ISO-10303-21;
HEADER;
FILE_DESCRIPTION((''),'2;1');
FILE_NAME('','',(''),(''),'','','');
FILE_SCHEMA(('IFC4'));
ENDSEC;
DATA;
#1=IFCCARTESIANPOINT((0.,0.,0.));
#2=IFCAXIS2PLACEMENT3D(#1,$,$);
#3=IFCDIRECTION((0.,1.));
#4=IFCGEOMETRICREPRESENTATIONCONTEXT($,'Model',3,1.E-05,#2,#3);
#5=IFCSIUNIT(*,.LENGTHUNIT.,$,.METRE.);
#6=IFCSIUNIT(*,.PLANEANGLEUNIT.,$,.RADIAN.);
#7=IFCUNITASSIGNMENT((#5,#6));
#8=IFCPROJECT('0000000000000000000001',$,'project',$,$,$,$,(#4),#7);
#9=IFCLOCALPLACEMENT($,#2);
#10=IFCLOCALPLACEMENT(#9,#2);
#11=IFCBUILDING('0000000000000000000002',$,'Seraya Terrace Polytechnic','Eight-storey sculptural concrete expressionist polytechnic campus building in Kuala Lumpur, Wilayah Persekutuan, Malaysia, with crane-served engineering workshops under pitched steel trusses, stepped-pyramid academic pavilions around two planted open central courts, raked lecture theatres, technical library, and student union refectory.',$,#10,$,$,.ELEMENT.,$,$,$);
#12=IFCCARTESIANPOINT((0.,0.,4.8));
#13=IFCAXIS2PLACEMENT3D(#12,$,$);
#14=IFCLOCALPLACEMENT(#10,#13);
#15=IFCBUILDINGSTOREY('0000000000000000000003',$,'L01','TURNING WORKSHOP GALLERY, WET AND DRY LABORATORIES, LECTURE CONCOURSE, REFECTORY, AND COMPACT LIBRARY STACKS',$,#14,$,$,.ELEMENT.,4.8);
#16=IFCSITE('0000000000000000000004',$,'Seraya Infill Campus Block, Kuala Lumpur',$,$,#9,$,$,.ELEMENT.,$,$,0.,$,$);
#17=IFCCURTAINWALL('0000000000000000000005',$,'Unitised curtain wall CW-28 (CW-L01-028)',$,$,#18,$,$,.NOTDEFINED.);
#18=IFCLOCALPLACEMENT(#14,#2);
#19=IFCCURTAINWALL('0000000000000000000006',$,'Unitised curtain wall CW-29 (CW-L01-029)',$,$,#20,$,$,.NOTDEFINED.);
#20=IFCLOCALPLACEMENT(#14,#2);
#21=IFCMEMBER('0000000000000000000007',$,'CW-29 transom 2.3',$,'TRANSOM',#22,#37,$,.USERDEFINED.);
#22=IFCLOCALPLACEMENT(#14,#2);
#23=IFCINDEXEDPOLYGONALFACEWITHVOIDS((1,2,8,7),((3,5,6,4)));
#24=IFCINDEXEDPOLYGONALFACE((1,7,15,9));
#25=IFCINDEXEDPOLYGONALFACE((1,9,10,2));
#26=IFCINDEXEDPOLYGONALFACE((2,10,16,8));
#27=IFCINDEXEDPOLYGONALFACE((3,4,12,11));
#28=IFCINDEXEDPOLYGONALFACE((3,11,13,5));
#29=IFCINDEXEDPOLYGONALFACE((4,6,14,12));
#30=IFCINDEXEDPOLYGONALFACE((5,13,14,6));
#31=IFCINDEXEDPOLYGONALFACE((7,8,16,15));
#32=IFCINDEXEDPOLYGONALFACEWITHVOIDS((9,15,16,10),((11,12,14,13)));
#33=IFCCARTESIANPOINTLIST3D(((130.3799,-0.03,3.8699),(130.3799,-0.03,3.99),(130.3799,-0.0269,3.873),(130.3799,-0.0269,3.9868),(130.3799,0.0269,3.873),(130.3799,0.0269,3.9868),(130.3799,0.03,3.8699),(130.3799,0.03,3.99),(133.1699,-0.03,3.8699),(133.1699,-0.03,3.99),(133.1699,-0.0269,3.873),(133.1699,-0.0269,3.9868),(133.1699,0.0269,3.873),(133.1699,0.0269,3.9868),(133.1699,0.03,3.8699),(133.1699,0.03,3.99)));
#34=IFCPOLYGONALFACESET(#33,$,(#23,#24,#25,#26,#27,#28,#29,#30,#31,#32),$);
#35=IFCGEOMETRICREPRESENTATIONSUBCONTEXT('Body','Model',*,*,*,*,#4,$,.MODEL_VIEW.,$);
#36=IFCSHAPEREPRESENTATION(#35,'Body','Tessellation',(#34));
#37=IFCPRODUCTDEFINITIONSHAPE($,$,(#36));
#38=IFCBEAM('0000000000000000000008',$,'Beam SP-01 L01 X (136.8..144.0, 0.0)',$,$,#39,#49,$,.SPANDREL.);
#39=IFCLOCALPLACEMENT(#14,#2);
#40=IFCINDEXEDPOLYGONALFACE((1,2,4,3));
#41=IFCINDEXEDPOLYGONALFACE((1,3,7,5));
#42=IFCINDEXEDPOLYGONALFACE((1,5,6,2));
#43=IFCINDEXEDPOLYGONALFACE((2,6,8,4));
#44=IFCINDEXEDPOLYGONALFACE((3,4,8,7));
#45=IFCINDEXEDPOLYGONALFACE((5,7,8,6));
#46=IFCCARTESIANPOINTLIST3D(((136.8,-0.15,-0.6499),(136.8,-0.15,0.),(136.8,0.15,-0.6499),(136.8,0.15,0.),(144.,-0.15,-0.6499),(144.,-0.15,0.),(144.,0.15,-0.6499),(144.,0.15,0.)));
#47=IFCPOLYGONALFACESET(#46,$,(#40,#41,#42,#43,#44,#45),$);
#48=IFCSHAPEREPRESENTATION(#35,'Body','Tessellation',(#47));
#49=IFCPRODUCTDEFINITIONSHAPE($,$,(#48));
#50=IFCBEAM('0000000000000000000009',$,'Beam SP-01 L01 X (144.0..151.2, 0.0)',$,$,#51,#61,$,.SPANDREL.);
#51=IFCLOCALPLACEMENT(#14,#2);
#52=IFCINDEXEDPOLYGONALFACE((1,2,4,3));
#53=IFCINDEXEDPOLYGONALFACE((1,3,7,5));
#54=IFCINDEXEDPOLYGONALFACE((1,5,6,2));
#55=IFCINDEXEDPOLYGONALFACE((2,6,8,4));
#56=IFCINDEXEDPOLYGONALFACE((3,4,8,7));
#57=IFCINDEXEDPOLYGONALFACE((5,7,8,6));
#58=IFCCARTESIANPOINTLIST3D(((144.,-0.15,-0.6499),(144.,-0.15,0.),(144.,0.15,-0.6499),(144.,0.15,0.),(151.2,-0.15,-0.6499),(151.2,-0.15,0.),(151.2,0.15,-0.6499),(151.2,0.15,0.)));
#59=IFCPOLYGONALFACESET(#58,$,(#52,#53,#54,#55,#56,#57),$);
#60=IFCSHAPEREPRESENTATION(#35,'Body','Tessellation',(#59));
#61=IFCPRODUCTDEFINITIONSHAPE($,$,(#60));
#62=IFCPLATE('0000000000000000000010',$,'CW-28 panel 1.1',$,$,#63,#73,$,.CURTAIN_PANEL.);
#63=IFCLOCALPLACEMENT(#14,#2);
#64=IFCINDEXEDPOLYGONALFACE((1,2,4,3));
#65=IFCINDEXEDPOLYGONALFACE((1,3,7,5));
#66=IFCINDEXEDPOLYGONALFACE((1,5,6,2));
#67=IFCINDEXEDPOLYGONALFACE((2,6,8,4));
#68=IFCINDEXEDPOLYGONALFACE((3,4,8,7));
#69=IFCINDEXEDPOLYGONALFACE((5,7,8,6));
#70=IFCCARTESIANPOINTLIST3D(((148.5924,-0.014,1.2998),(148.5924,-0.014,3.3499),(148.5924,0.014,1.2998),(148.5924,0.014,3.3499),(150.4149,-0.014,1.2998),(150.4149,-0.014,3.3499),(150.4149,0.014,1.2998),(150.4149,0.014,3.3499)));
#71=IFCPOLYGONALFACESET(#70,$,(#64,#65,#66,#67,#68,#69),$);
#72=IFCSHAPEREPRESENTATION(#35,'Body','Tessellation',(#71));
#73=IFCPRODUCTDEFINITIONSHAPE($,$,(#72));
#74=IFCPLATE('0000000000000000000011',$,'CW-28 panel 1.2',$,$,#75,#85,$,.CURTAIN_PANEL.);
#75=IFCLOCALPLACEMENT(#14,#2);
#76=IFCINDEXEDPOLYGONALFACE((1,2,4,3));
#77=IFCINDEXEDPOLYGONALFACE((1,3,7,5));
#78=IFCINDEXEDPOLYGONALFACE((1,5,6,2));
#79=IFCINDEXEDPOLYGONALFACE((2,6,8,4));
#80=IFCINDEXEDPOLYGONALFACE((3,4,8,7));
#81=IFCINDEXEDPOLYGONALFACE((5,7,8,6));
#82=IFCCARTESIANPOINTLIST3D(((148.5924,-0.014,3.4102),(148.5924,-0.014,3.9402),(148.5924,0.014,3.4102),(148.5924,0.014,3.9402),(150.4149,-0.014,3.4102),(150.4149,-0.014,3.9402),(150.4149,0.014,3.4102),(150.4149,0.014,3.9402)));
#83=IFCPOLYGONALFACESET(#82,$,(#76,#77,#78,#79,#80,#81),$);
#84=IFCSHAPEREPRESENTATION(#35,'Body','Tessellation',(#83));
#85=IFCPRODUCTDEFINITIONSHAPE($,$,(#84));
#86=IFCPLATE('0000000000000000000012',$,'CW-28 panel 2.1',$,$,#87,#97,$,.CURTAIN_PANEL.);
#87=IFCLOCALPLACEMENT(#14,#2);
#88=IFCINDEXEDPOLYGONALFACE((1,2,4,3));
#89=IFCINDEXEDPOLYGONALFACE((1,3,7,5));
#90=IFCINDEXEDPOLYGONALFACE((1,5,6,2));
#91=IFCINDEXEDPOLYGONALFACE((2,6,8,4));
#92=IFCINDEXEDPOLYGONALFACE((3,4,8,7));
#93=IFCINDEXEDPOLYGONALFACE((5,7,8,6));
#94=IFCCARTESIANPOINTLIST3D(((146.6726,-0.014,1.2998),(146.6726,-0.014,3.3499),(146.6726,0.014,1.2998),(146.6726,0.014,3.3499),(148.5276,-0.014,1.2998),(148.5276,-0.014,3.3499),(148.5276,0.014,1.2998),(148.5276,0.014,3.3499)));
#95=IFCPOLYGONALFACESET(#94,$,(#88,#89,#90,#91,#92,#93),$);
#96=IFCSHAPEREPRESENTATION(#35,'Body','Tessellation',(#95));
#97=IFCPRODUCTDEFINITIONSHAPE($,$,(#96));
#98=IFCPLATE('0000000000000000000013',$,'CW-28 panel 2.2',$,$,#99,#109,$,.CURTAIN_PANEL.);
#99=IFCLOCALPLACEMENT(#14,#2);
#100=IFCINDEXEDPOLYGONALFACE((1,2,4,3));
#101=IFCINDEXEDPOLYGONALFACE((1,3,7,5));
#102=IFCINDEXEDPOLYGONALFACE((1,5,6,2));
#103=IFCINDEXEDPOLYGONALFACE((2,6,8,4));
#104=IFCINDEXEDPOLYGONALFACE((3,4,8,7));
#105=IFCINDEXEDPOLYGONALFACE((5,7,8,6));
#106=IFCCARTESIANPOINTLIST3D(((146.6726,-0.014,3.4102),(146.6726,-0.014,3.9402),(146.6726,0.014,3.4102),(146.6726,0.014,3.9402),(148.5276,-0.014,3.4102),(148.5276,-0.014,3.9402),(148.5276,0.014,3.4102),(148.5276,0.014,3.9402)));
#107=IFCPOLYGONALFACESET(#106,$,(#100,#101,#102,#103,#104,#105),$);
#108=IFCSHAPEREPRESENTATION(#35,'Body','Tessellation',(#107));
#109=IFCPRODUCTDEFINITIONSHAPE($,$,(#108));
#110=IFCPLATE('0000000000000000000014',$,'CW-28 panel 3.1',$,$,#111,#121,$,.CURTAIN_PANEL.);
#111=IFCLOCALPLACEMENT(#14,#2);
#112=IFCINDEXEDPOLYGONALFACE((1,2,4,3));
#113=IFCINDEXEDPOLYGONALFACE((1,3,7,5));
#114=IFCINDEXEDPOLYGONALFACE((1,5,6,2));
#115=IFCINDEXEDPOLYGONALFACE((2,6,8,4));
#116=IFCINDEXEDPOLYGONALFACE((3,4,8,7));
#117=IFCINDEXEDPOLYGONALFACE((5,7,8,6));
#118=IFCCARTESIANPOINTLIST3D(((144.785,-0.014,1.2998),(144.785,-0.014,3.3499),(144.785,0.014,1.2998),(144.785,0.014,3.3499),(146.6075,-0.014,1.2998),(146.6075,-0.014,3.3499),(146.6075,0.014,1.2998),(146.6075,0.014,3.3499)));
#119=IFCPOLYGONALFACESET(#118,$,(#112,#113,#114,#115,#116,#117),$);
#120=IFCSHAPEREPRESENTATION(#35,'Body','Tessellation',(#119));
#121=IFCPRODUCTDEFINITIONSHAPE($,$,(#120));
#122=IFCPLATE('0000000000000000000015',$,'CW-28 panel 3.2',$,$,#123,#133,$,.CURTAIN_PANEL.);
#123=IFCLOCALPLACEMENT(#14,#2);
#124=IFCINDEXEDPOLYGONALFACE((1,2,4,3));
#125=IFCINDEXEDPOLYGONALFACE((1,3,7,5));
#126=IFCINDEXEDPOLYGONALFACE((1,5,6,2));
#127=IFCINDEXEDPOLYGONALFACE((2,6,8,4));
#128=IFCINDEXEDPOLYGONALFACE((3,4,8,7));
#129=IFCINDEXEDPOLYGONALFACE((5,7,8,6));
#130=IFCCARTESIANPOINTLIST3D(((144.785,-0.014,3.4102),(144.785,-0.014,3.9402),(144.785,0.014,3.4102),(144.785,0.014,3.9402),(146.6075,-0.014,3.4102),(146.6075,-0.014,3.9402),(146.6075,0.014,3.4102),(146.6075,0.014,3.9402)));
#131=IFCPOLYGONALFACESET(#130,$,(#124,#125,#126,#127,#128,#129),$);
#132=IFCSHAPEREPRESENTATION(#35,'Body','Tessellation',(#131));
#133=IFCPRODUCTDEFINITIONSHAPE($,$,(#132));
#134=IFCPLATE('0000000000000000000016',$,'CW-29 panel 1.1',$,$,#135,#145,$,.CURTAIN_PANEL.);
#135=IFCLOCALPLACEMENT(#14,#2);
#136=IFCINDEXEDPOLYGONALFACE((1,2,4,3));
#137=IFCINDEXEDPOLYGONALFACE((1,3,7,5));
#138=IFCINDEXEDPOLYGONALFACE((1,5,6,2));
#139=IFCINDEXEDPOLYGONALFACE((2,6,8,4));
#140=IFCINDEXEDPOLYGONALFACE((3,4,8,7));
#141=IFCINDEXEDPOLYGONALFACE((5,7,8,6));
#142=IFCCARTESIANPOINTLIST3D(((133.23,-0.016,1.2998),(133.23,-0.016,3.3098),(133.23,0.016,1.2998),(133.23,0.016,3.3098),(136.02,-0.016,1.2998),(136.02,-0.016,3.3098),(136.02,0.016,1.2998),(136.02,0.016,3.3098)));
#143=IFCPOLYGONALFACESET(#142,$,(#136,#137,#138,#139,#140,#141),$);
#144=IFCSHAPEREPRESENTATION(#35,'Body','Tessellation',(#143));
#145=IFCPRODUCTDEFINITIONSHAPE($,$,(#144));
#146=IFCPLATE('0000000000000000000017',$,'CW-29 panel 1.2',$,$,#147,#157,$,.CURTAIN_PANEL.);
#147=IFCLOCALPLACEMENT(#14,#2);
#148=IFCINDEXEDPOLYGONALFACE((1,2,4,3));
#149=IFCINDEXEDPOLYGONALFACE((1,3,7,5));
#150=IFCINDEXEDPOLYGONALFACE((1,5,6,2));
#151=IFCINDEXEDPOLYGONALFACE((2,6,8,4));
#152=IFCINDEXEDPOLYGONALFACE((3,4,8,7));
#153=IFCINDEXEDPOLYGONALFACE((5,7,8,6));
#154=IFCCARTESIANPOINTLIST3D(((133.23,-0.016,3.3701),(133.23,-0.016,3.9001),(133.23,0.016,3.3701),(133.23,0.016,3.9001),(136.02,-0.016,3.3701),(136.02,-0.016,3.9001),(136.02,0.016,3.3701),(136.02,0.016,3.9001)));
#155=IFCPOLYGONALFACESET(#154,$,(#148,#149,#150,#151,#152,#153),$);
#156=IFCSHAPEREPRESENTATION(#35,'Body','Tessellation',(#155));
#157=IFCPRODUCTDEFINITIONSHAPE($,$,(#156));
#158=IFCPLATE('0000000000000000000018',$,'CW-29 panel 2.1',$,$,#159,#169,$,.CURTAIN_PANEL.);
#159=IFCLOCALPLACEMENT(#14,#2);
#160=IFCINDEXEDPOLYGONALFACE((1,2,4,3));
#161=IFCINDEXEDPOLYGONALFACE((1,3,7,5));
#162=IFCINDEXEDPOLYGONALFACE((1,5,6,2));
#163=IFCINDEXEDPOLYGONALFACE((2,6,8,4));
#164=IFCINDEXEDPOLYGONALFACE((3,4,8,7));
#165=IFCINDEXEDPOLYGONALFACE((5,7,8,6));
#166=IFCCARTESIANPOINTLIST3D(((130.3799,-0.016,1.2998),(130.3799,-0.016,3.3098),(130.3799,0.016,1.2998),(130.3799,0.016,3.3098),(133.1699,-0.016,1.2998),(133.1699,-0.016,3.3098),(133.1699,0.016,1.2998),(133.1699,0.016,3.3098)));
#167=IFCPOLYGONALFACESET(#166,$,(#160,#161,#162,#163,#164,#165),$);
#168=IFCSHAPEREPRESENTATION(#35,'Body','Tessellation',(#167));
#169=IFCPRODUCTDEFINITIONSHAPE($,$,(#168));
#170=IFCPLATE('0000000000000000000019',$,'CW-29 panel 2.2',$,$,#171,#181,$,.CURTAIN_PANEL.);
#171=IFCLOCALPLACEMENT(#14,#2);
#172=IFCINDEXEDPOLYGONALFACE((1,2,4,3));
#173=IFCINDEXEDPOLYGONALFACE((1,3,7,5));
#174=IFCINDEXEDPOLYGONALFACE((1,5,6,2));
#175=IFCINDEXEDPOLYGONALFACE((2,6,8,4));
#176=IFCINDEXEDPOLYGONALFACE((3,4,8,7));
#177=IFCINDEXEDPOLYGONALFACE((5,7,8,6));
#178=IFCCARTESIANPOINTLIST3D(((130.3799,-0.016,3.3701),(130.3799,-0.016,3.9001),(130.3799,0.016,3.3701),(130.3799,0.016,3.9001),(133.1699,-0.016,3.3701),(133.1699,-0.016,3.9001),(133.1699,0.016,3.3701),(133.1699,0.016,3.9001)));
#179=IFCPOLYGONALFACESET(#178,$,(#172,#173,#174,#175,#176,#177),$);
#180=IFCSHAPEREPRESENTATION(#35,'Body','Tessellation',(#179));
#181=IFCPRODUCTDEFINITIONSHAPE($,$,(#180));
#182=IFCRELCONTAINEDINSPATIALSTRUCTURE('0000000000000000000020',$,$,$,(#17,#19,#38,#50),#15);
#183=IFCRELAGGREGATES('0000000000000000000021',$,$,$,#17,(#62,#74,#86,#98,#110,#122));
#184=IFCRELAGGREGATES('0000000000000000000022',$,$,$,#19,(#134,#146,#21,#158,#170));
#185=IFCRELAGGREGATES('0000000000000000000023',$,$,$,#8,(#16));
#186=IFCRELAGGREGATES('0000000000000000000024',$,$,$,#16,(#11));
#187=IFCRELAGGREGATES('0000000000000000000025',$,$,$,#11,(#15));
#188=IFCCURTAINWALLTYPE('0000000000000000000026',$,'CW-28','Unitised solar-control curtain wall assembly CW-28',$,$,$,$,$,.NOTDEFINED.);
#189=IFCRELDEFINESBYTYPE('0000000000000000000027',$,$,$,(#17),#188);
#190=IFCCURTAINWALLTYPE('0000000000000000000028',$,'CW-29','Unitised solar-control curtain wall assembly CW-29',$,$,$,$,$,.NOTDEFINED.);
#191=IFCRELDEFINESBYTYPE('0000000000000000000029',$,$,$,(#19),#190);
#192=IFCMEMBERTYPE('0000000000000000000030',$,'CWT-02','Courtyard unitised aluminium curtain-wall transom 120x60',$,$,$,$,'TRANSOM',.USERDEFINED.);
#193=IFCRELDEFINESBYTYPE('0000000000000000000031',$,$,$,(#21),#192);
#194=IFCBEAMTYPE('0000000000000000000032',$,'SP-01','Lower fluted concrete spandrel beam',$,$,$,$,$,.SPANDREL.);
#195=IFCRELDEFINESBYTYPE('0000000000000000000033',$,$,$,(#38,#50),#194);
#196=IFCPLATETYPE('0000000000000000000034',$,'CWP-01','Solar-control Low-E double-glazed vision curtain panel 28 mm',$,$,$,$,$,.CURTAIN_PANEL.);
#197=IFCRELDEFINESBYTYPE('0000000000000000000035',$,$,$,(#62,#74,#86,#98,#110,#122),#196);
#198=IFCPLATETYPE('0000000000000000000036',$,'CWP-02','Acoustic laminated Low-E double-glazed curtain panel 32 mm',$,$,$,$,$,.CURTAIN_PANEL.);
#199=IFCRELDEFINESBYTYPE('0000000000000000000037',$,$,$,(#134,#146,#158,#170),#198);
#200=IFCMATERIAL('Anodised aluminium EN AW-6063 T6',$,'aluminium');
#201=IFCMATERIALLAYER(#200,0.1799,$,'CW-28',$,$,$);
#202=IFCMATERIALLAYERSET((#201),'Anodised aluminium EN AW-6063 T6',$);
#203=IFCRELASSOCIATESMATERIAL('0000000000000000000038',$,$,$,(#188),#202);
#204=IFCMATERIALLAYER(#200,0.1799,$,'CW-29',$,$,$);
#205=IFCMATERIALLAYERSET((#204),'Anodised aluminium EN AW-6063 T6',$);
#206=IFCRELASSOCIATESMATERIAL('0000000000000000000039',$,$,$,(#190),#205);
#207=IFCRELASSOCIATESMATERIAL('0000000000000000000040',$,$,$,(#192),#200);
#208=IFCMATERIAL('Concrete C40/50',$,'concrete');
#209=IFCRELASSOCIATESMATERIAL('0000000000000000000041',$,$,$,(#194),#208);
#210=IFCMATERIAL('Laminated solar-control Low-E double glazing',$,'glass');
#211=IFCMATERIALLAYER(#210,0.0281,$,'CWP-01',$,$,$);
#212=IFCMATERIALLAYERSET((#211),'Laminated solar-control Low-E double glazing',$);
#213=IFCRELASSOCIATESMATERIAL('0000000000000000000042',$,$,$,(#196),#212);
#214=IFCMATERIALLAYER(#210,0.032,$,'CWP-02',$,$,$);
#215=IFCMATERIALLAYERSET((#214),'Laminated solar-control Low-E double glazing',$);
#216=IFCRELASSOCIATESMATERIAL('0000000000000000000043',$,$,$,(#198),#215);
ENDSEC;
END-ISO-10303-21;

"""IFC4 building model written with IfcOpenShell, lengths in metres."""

from ifc_helpers import new_model, si_unit, direction, frame, origin, origin_2d, place, context, subcontext, project, spatial, rectangle, hollow_rectangle, extrude, material, layer, layer_set, material_profile, profile_set, type_object, element, aggregate, save


model = new_model("IFC4")

# Units and contexts
model_context = context("Model", 3, precision=1e-05, world=origin(), true_north=direction((0.0, 1.0)))
body_context = subcontext(model_context, "Body", "Model", "MODEL_VIEW")
ifc_project = project(units=[si_unit("LENGTHUNIT", "METRE"), si_unit("PLANEANGLEUNIT", "RADIAN")], contexts=[model_context])

# Site, building, storey
site_placement = place(None, origin())
site = spatial("IfcSite", under=ifc_project, at=site_placement, Name="Seraya Infill Campus Block, Kuala Lumpur", CompositionType="ELEMENT", RefElevation=0.0)
building_placement = place(site_placement, origin())
building = spatial("IfcBuilding", under=site, at=building_placement, Name="Seraya Terrace Polytechnic", Description="Eight-storey sculptural concrete expressionist polytechnic campus building in Kuala Lumpur, Wilayah Persekutuan, Malaysia, with crane-served engineering workshops under pitched steel trusses, stepped-pyramid academic pavilions around two planted open central courts, raked lecture theatres, technical library, and student union refectory.", CompositionType="ELEMENT")
storey_placement = place(building_placement, frame((0.0, 0.0, 4.8)))
storey = spatial("IfcBuildingStorey", under=building, at=storey_placement, Name="L01", Description="TURNING WORKSHOP GALLERY, WET AND DRY LABORATORIES, LECTURE CONCOURSE, REFECTORY, AND COMPACT LIBRARY STACKS", CompositionType="ELEMENT", Elevation=4.8)

# Shared definitions
ifc_material_1 = material(Name="Concrete C40/50", Category="concrete")

# Curtain walls
ifc_material_2 = material(Name="Anodised aluminium EN AW-6063 T6", Category="aluminium")
ifc_layer_1 = layer(ifc_material_2, 0.1799, Name="CW-28")
ifc_layer_set_1 = layer_set([ifc_layer_1], Name="Anodised aluminium EN AW-6063 T6")
curtain_wall_type_1 = type_object("IfcCurtainWallType", Name="CW-28", Description="Unitised solar-control curtain wall assembly CW-28", PredefinedType="NOTDEFINED", material=ifc_layer_set_1)
curtain_wall_1_placement = place(storey_placement, origin())
curtain_wall_1 = element("IfcCurtainWall", 1, at=curtain_wall_1_placement, inside=storey, type_object=curtain_wall_type_1, Name="Unitised curtain wall CW-28 (CW-L01-028)", PredefinedType="NOTDEFINED")
ifc_layer_2 = layer(ifc_material_2, 0.1799, Name="CW-29")
ifc_layer_set_2 = layer_set([ifc_layer_2], Name="Anodised aluminium EN AW-6063 T6")
curtain_wall_type_2 = type_object("IfcCurtainWallType", Name="CW-29", Description="Unitised solar-control curtain wall assembly CW-29", PredefinedType="NOTDEFINED", material=ifc_layer_set_2)
curtain_wall_2_placement = place(storey_placement, origin())
curtain_wall_2 = element("IfcCurtainWall", 2, at=curtain_wall_2_placement, inside=storey, type_object=curtain_wall_type_2, Name="Unitised curtain wall CW-29 (CW-L01-029)", PredefinedType="NOTDEFINED")

# Member
ifc_material_profile_1 = material_profile(ifc_material_2, hollow_rectangle(XDim=0.0601, YDim=0.1201, WallThickness=0.0032, at=origin_2d()), Name="RHS 120x60x3.2")
ifc_profile_set_1 = profile_set([ifc_material_profile_1], Name="Anodised aluminium EN AW-6063 T6")
member_type_1 = type_object("IfcMemberType", Name="CWT-02", Description="Courtyard unitised aluminium curtain-wall transom 120x60", ElementType="TRANSOM", PredefinedType="USERDEFINED", material=ifc_profile_set_1)
member_1_placement = place(storey_placement, frame((133.1699, 0.0, 3.9299), z_axis=(-1.0, 0.0, 0.0), x_axis=(0.0, -1.0, 0.0)))
member_1 = element("IfcMember", 3, at=member_1_placement, type_object=member_type_1, Name="CW-29 transom 2.3", ObjectType="TRANSOM", PredefinedType="USERDEFINED", context=body_context, shape_type="SweptSolid", body=[
    extrude(hollow_rectangle(XDim=0.0601, YDim=0.1201, WallThickness=0.0032, at=origin_2d()), origin(), (0.0, 0.0, 1.0), 2.79),
])

# Beams
ifc_material_profile_2 = material_profile(ifc_material_1, rectangle(XDim=0.3, YDim=0.6499, at=origin_2d()), Name="RC 300x650")
ifc_profile_set_2 = profile_set([ifc_material_profile_2], Name="Concrete C40/50")
beam_type_1 = type_object("IfcBeamType", Name="SP-01", Description="Lower fluted concrete spandrel beam", PredefinedType="SPANDREL", material=ifc_profile_set_2)
for number, where, z_axis, x_axis, name in (
    (4, (136.8, 0.0, -0.325), (1.0, 0.0, 0.0), (0.0, 1.0, 0.0), "Beam SP-01 L01 X (136.8..144.0, 0.0)"),
    (5, (144.0, 0.0, -0.325), (1.0, 0.0, 0.0), (0.0, 1.0, 0.0), "Beam SP-01 L01 X (144.0..151.2, 0.0)"),
):
    element("IfcBeam", number, at=place(storey_placement, frame(where, z_axis=z_axis, x_axis=x_axis)), inside=storey, type_object=beam_type_1, Name=name, PredefinedType="SPANDREL", context=body_context, shape_type="SweptSolid", body=[
        extrude(rectangle(XDim=0.3, YDim=0.6499, at=origin_2d()), origin(), (0.0, 0.0, 1.0), 7.2),
    ])

# Plates
ifc_material_3 = material(Name="Laminated solar-control Low-E double glazing", Category="glass")
ifc_layer_3 = layer(ifc_material_3, 0.0281, Name="CWP-01")
ifc_layer_set_3 = layer_set([ifc_layer_3], Name="Laminated solar-control Low-E double glazing")
plate_type_1 = type_object("IfcPlateType", Name="CWP-01", Description="Solar-control Low-E double-glazed vision curtain panel 28 mm", PredefinedType="CURTAIN_PANEL", material=ifc_layer_set_3)
plate_1_placement = place(storey_placement, frame((149.5037, 0.0, 1.2998), z_axis=(0.0, 0.0, 1.0), x_axis=(-1.0, 0.0, 0.0)))
plate_1 = element("IfcPlate", 6, at=plate_1_placement, type_object=plate_type_1, Name="CW-28 panel 1.1", PredefinedType="CURTAIN_PANEL", context=body_context, shape_type="SweptSolid", body=[
    extrude(rectangle(XDim=1.8225, YDim=0.0281, at=origin_2d()), origin(), (0.0, 0.0, 1.0), 2.05),
])
plate_2_placement = place(storey_placement, frame((149.5037, 0.0, 3.4102), z_axis=(0.0, 0.0, 1.0), x_axis=(-1.0, 0.0, 0.0)))
plate_2 = element("IfcPlate", 7, at=plate_2_placement, type_object=plate_type_1, Name="CW-28 panel 1.2", PredefinedType="CURTAIN_PANEL", context=body_context, shape_type="SweptSolid", body=[
    extrude(rectangle(XDim=1.8225, YDim=0.0281, at=origin_2d()), origin(), (0.0, 0.0, 1.0), 0.53),
])
plate_3_placement = place(storey_placement, frame((147.6001, 0.0, 1.2998), z_axis=(0.0, 0.0, 1.0), x_axis=(-1.0, 0.0, 0.0)))
plate_3 = element("IfcPlate", 8, at=plate_3_placement, type_object=plate_type_1, Name="CW-28 panel 2.1", PredefinedType="CURTAIN_PANEL", context=body_context, shape_type="SweptSolid", body=[
    extrude(rectangle(XDim=1.855, YDim=0.0281, at=origin_2d()), origin(), (0.0, 0.0, 1.0), 2.05),
])
plate_4_placement = place(storey_placement, frame((147.6001, 0.0, 3.4102), z_axis=(0.0, 0.0, 1.0), x_axis=(-1.0, 0.0, 0.0)))
plate_4 = element("IfcPlate", 9, at=plate_4_placement, type_object=plate_type_1, Name="CW-28 panel 2.2", PredefinedType="CURTAIN_PANEL", context=body_context, shape_type="SweptSolid", body=[
    extrude(rectangle(XDim=1.855, YDim=0.0281, at=origin_2d()), origin(), (0.0, 0.0, 1.0), 0.53),
])
plate_5_placement = place(storey_placement, frame((145.6963, 0.0, 1.2998), z_axis=(0.0, 0.0, 1.0), x_axis=(-1.0, 0.0, 0.0)))
plate_5 = element("IfcPlate", 10, at=plate_5_placement, type_object=plate_type_1, Name="CW-28 panel 3.1", PredefinedType="CURTAIN_PANEL", context=body_context, shape_type="SweptSolid", body=[
    extrude(rectangle(XDim=1.8225, YDim=0.0281, at=origin_2d()), origin(), (0.0, 0.0, 1.0), 2.05),
])
plate_6_placement = place(storey_placement, frame((145.6963, 0.0, 3.4102), z_axis=(0.0, 0.0, 1.0), x_axis=(-1.0, 0.0, 0.0)))
plate_6 = element("IfcPlate", 11, at=plate_6_placement, type_object=plate_type_1, Name="CW-28 panel 3.2", PredefinedType="CURTAIN_PANEL", context=body_context, shape_type="SweptSolid", body=[
    extrude(rectangle(XDim=1.8225, YDim=0.0281, at=origin_2d()), origin(), (0.0, 0.0, 1.0), 0.53),
])
aggregate(curtain_wall_1, [plate_1, plate_2, plate_3, plate_4, plate_5, plate_6])
ifc_layer_4 = layer(ifc_material_3, 0.032, Name="CWP-02")
ifc_layer_set_4 = layer_set([ifc_layer_4], Name="Laminated solar-control Low-E double glazing")
plate_type_2 = type_object("IfcPlateType", Name="CWP-02", Description="Acoustic laminated Low-E double-glazed curtain panel 32 mm", PredefinedType="CURTAIN_PANEL", material=ifc_layer_set_4)
plate_7_placement = place(storey_placement, frame((134.625, 0.0, 1.2998), z_axis=(0.0, 0.0, 1.0), x_axis=(-1.0, 0.0, 0.0)))
plate_7 = element("IfcPlate", 12, at=plate_7_placement, type_object=plate_type_2, Name="CW-29 panel 1.1", PredefinedType="CURTAIN_PANEL", context=body_context, shape_type="SweptSolid", body=[
    extrude(rectangle(XDim=2.79, YDim=0.032, at=origin_2d()), origin(), (0.0, 0.0, 1.0), 2.01),
])
plate_8_placement = place(storey_placement, frame((134.625, 0.0, 3.3701), z_axis=(0.0, 0.0, 1.0), x_axis=(-1.0, 0.0, 0.0)))
plate_8 = element("IfcPlate", 13, at=plate_8_placement, type_object=plate_type_2, Name="CW-29 panel 1.2", PredefinedType="CURTAIN_PANEL", context=body_context, shape_type="SweptSolid", body=[
    extrude(rectangle(XDim=2.79, YDim=0.032, at=origin_2d()), origin(), (0.0, 0.0, 1.0), 0.53),
])
plate_9_placement = place(storey_placement, frame((131.7749, 0.0, 1.2998), z_axis=(0.0, 0.0, 1.0), x_axis=(-1.0, 0.0, 0.0)))
plate_9 = element("IfcPlate", 14, at=plate_9_placement, type_object=plate_type_2, Name="CW-29 panel 2.1", PredefinedType="CURTAIN_PANEL", context=body_context, shape_type="SweptSolid", body=[
    extrude(rectangle(XDim=2.79, YDim=0.032, at=origin_2d()), origin(), (0.0, 0.0, 1.0), 2.01),
])
plate_10_placement = place(storey_placement, frame((131.7749, 0.0, 3.3701), z_axis=(0.0, 0.0, 1.0), x_axis=(-1.0, 0.0, 0.0)))
plate_10 = element("IfcPlate", 15, at=plate_10_placement, type_object=plate_type_2, Name="CW-29 panel 2.2", PredefinedType="CURTAIN_PANEL", context=body_context, shape_type="SweptSolid", body=[
    extrude(rectangle(XDim=2.79, YDim=0.032, at=origin_2d()), origin(), (0.0, 0.0, 1.0), 0.53),
])
aggregate(curtain_wall_2, [plate_7, plate_8, member_1, plate_9, plate_10])

save(model, "model.ifc")
